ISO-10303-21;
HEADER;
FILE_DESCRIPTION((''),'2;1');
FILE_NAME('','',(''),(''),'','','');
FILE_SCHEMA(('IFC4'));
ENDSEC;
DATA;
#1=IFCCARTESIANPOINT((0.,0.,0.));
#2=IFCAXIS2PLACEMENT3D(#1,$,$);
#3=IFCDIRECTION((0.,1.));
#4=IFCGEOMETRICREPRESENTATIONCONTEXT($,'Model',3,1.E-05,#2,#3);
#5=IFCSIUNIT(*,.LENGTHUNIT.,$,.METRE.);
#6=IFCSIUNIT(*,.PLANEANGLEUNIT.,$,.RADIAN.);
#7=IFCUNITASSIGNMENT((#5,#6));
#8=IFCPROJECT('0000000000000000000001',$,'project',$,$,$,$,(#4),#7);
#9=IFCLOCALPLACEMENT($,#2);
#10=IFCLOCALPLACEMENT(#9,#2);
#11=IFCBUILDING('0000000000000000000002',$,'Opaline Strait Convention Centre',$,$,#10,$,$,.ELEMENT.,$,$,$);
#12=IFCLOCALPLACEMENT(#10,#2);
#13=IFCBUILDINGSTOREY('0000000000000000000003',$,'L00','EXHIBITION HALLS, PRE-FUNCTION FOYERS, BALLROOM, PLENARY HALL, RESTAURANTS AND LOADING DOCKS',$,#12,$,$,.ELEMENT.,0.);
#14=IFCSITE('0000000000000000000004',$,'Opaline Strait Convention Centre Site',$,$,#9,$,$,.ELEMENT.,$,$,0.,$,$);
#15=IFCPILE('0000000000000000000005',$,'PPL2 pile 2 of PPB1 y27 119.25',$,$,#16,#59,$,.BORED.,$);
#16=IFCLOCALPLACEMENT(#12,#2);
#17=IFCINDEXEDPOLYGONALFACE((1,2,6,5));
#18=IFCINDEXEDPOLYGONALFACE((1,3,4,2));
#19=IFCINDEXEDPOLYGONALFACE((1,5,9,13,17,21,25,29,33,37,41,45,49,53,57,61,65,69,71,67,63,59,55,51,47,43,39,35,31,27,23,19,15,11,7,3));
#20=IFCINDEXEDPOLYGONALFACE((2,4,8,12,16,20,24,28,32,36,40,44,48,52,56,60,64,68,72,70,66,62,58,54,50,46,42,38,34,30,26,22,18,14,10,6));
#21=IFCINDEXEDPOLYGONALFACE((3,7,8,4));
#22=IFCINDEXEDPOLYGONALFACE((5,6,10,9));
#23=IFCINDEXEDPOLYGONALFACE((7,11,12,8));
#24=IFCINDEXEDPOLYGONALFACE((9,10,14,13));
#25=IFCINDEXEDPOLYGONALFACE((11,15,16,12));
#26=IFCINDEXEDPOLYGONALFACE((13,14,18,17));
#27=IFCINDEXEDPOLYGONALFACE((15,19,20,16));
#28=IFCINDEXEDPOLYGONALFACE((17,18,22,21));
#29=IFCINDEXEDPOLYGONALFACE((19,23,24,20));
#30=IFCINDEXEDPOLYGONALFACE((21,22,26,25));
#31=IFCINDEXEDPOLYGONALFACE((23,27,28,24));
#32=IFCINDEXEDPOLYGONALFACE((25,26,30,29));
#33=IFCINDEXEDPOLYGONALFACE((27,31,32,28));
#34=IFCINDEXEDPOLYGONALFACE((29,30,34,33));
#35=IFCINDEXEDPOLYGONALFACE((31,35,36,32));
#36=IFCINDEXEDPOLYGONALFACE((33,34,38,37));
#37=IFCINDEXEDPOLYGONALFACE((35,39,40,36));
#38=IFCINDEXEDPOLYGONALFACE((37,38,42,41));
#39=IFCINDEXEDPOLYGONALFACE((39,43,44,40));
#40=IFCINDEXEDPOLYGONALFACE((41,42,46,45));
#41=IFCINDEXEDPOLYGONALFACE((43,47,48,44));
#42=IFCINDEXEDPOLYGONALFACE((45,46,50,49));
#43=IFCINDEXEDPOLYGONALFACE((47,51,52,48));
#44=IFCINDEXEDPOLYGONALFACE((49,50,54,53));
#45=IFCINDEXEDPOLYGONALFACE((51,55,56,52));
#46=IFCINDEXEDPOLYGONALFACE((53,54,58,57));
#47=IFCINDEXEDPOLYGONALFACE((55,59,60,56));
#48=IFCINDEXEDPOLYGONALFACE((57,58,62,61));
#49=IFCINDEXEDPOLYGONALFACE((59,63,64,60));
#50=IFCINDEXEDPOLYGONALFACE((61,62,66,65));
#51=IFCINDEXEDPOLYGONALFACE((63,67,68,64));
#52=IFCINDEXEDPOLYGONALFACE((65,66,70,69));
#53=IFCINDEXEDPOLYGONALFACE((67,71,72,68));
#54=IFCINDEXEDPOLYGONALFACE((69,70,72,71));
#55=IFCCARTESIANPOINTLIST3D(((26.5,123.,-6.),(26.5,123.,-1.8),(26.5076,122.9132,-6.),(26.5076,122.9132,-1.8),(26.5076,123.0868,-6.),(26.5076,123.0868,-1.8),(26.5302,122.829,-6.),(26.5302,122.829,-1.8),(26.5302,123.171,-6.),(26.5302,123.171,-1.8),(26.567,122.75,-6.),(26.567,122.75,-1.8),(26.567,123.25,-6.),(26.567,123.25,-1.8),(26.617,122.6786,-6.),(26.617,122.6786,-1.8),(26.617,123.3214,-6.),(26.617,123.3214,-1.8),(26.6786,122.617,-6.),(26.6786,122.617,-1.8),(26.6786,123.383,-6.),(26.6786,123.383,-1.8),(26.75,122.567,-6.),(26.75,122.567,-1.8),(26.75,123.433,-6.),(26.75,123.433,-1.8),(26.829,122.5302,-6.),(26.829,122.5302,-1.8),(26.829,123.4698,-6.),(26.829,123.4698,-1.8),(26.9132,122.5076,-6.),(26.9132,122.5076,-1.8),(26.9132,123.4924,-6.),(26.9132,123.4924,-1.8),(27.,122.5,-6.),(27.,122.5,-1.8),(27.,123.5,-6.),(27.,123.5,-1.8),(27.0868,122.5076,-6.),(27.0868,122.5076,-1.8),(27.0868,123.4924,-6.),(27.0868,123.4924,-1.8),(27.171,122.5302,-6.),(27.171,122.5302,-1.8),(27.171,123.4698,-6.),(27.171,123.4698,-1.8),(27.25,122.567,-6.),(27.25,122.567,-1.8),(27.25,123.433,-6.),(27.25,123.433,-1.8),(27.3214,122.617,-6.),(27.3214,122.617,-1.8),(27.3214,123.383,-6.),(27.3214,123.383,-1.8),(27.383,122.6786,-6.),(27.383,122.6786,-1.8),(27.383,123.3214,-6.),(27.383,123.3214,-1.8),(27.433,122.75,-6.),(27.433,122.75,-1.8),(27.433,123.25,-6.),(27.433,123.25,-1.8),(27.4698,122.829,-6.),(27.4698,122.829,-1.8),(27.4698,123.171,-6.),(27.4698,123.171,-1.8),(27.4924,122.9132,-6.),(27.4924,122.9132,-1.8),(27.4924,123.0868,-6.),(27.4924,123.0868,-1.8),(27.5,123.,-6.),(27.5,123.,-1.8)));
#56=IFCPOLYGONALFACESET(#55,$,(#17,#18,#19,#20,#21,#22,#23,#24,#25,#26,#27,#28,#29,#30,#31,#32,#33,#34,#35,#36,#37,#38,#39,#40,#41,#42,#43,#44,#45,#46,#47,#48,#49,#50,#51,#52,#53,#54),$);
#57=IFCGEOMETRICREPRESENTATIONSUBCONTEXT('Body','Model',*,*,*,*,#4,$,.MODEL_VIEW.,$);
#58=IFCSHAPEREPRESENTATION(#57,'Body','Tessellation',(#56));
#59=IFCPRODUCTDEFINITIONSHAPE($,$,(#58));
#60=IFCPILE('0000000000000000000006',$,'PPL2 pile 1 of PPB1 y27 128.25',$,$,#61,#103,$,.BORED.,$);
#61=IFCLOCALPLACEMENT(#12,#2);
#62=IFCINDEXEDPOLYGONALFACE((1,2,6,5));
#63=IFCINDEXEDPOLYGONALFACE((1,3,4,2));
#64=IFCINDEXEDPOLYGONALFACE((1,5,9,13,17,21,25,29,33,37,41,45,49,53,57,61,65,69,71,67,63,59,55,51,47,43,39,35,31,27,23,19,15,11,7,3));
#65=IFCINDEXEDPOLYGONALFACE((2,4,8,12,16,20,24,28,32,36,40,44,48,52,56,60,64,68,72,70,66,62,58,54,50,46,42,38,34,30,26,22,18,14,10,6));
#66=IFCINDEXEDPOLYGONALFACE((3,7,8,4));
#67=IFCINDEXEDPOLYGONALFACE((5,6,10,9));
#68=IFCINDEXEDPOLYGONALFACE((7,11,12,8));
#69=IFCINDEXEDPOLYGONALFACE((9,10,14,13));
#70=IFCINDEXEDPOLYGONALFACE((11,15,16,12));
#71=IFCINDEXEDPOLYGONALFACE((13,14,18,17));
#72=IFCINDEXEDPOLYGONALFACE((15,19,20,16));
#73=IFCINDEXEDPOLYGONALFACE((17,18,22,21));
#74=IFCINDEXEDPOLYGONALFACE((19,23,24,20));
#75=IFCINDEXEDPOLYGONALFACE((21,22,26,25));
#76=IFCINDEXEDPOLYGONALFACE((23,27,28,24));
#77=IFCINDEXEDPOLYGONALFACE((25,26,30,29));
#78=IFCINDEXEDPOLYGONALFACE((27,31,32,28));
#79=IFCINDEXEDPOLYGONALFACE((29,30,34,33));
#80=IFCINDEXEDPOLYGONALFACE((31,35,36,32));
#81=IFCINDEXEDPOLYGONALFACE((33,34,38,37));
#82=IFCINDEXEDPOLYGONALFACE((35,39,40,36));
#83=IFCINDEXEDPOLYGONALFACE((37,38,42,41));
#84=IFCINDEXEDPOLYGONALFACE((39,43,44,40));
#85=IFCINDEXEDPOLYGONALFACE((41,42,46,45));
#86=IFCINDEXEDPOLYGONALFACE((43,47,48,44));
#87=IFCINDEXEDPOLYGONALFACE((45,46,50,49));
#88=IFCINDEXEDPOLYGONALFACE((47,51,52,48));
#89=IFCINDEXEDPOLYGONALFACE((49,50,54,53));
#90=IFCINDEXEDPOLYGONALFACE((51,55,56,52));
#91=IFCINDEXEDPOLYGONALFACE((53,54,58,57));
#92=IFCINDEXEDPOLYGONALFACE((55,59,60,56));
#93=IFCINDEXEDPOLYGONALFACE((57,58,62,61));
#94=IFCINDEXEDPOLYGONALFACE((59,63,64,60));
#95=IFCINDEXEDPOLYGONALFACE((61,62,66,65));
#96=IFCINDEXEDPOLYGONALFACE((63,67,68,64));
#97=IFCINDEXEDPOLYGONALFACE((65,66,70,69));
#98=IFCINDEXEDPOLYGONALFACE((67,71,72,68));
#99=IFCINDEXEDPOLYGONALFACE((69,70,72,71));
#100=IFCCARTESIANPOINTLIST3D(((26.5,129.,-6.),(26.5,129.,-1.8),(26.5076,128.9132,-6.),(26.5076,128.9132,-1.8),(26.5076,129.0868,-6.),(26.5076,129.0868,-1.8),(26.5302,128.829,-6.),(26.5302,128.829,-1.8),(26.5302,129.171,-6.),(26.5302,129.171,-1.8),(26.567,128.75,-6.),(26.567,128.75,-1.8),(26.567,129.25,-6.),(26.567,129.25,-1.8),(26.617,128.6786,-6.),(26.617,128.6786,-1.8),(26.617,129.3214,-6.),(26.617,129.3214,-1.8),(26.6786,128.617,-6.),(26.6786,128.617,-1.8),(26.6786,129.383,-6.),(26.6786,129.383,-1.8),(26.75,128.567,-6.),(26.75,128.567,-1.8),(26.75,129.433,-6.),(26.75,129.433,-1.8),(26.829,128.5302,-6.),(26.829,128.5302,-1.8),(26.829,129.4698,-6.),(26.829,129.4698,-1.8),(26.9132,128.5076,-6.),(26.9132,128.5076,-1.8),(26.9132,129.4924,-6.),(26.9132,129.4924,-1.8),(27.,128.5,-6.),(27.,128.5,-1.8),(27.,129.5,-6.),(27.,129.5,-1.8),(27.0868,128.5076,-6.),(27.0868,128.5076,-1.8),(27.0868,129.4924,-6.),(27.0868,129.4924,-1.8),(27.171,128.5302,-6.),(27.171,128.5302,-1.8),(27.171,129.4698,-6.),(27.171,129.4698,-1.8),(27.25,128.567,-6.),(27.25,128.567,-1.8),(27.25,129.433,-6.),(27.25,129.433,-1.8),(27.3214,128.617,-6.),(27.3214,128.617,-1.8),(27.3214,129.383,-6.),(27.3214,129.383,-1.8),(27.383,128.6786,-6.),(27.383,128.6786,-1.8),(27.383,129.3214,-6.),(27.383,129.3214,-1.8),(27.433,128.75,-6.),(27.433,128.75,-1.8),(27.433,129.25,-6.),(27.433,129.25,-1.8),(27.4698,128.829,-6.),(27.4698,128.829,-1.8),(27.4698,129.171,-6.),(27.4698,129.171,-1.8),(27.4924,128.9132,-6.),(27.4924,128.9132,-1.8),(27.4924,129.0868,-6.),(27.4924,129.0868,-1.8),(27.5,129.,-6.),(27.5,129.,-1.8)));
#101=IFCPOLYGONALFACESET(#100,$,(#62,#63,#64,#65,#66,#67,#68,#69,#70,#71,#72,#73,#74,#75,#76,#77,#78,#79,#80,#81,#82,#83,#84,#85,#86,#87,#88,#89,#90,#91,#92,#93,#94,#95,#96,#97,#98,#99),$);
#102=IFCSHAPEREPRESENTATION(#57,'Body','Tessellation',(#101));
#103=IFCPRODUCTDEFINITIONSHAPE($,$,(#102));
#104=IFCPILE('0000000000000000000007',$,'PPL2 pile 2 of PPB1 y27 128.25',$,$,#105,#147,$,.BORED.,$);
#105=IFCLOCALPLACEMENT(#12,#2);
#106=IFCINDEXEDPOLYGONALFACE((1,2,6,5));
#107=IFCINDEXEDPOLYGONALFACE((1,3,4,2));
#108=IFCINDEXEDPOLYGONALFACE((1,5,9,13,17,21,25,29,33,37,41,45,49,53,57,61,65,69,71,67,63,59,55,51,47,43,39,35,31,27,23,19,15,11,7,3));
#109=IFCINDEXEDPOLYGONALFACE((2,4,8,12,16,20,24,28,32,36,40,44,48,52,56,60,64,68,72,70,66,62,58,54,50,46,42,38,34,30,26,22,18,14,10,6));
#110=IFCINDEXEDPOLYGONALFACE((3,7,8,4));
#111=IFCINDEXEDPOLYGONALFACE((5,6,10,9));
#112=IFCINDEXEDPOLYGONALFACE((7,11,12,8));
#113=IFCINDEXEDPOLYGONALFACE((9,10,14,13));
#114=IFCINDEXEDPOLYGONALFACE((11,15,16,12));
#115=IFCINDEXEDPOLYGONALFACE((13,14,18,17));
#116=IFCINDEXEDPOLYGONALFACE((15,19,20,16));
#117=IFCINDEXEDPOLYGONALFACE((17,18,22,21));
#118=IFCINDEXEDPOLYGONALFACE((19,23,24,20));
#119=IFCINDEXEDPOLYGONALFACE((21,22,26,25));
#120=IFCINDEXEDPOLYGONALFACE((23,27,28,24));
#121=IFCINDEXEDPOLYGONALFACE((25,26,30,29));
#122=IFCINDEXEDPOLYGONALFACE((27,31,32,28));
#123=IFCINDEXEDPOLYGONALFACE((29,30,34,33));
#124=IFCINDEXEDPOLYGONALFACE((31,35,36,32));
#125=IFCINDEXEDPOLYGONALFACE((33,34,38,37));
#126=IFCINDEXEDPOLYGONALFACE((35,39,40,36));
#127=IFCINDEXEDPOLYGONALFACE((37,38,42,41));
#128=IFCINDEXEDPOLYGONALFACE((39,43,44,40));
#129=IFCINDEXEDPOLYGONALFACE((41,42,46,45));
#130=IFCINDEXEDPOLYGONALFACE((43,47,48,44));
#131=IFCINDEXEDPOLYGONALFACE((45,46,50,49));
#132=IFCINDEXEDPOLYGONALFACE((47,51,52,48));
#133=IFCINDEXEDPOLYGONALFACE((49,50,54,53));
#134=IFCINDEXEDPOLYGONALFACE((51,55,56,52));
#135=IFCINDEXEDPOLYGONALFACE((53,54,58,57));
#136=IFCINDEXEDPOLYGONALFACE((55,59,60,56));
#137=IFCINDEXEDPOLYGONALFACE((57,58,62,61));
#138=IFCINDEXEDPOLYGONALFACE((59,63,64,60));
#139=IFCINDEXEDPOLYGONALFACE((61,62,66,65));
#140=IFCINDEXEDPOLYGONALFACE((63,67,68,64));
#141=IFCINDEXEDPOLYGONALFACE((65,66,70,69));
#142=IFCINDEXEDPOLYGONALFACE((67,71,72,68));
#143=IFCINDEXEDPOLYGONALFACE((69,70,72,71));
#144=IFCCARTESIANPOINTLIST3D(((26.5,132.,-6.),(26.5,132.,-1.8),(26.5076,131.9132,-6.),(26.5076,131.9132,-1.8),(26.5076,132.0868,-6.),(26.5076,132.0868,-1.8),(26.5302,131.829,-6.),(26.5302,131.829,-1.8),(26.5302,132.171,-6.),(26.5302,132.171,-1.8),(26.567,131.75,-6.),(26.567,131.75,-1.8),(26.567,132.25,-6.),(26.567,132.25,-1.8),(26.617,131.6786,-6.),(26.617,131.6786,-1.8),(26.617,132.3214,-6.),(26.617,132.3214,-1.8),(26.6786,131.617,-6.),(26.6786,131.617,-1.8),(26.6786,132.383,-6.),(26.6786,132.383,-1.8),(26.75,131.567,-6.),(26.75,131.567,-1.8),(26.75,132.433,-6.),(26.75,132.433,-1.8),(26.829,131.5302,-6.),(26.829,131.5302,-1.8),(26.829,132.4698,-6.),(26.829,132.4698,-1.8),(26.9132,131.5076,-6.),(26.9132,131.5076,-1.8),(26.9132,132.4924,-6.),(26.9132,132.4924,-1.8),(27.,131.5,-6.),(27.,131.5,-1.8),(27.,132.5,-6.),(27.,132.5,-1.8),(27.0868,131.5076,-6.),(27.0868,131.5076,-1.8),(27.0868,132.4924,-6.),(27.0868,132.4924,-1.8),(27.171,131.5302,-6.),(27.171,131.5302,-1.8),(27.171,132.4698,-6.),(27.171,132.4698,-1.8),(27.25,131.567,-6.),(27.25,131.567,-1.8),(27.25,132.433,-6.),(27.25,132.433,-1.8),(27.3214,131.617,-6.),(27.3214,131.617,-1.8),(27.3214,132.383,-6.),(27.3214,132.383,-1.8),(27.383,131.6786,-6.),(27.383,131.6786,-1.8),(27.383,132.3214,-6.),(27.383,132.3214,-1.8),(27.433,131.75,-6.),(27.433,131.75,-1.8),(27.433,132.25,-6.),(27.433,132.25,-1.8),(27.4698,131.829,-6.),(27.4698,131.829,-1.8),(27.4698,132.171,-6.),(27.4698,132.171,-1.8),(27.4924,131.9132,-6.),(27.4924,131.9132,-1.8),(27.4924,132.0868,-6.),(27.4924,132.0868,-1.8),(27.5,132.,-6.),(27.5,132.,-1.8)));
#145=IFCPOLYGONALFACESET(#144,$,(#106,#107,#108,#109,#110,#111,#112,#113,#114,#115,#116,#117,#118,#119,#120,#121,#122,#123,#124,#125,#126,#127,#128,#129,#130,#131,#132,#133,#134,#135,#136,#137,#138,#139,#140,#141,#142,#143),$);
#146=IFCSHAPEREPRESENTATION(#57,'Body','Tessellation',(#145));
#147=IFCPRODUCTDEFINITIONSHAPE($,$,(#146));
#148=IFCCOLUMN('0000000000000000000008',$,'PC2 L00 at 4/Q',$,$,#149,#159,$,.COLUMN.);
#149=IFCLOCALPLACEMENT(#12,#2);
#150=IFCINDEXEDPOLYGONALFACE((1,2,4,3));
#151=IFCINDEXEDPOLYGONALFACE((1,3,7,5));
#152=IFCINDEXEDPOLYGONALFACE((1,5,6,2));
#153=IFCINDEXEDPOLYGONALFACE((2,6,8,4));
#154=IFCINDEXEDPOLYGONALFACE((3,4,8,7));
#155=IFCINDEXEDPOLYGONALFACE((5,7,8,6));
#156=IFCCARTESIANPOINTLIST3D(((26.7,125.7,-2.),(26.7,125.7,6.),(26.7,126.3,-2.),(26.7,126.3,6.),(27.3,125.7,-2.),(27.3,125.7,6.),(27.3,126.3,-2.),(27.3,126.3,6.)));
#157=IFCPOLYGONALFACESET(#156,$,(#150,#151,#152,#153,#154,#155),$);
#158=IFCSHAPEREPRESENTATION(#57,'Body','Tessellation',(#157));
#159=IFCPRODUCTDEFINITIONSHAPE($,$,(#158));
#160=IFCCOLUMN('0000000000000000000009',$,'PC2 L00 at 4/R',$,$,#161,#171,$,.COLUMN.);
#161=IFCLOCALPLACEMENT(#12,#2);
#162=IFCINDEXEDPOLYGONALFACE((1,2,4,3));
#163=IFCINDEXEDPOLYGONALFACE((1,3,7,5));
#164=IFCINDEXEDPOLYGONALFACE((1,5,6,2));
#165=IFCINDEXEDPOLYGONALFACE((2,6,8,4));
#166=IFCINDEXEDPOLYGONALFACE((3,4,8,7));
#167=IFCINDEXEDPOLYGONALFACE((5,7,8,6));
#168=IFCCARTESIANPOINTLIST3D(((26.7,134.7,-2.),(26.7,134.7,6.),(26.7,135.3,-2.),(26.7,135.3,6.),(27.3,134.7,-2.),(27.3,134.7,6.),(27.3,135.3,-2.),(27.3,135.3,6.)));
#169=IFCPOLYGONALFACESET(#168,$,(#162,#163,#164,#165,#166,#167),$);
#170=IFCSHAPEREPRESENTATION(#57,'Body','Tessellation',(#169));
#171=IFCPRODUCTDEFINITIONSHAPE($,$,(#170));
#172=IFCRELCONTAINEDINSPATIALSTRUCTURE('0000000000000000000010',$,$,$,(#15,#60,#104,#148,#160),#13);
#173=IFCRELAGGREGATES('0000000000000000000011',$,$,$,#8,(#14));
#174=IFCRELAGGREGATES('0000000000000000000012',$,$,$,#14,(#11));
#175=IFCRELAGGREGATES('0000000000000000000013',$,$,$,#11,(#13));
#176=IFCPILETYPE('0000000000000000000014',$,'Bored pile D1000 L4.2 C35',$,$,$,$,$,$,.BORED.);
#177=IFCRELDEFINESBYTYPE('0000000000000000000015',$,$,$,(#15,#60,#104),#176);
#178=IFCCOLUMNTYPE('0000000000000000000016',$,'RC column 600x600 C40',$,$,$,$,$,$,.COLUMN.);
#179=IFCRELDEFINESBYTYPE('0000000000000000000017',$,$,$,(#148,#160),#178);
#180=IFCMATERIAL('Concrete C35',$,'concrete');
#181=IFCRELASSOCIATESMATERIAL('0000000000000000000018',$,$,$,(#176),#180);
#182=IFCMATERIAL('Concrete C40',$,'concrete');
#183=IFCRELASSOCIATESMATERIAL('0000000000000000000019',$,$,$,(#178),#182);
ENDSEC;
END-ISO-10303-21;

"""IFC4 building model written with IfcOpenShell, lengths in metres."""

from ifc_helpers import new_model, si_unit, direction, frame, origin, origin_2d, place, context, subcontext, project, spatial, rectangle, circle, extrude, material, material_profile, profile_set, type_object, element, save


model = new_model("IFC4")

# Units and contexts
model_context = context("Model", 3, precision=1e-05, world=origin(), true_north=direction((0.0, 1.0)))
body_context = subcontext(model_context, "Body", "Model", "MODEL_VIEW")
ifc_project = project(units=[si_unit("LENGTHUNIT", "METRE"), si_unit("PLANEANGLEUNIT", "RADIAN")], contexts=[model_context])

# Site, building, storey
site_placement = place(None, origin())
site = spatial("IfcSite", under=ifc_project, at=site_placement, Name="Opaline Strait Convention Centre Site", CompositionType="ELEMENT", RefElevation=0.0)
building_placement = place(site_placement, origin())
building = spatial("IfcBuilding", under=site, at=building_placement, Name="Opaline Strait Convention Centre", CompositionType="ELEMENT")
storey_placement = place(building_placement, origin())
storey = spatial("IfcBuildingStorey", under=building, at=storey_placement, Name="L00", Description="EXHIBITION HALLS, PRE-FUNCTION FOYERS, BALLROOM, PLENARY HALL, RESTAURANTS AND LOADING DOCKS", CompositionType="ELEMENT", Elevation=0.0)

# Piles
ifc_material_1 = material(Name="Concrete C35", Category="concrete")
ifc_material_profile_1 = material_profile(ifc_material_1, circle(Radius=0.5, at=origin_2d()), Name="D1000")
ifc_profile_set_1 = profile_set([ifc_material_profile_1], Name="Concrete C35")
pile_type_1 = type_object("IfcPileType", Name="Bored pile D1000 L4.2 C35", PredefinedType="BORED", material=ifc_profile_set_1)
for number, where, z_axis, x_axis, name in (
    (1, (27.0, 123.0, -1.8), (0.0, 0.0, -1.0), (1.0, 0.0, 0.0), "PPL2 pile 2 of PPB1 y27 119.25"),
    (2, (27.0, 129.0, -1.8), (0.0, 0.0, -1.0), (1.0, 0.0, 0.0), "PPL2 pile 1 of PPB1 y27 128.25"),
    (3, (27.0, 132.0, -1.8), (0.0, 0.0, -1.0), (1.0, 0.0, 0.0), "PPL2 pile 2 of PPB1 y27 128.25"),
):
    element("IfcPile", number, at=place(storey_placement, frame(where, z_axis=z_axis, x_axis=x_axis)), inside=storey, type_object=pile_type_1, Name=name, PredefinedType="BORED", context=body_context, shape_type="SweptSolid", body=[
        extrude(circle(Radius=0.5, at=origin_2d()), origin(), (0.0, 0.0, 1.0), 4.2),
    ])

# Columns
ifc_material_2 = material(Name="Concrete C40", Category="concrete")
ifc_material_profile_2 = material_profile(ifc_material_2, rectangle(XDim=0.6001, YDim=0.6001, at=origin_2d()), Name="RC 600x600")
ifc_profile_set_2 = profile_set([ifc_material_profile_2], Name="Concrete C40")
column_type = type_object("IfcColumnType", Name="RC column 600x600 C40", PredefinedType="COLUMN", material=ifc_profile_set_2)
for number, where, z_axis, x_axis, name in (
    (4, (27.0, 126.0, -2.0), (0.0, 0.0, 1.0), (1.0, 0.0, 0.0), "PC2 L00 at 4/Q"),
    (5, (27.0, 135.0, -2.0), (0.0, 0.0, 1.0), (1.0, 0.0, 0.0), "PC2 L00 at 4/R"),
):
    element("IfcColumn", number, at=place(storey_placement, frame(where, z_axis=z_axis, x_axis=x_axis)), inside=storey, type_object=column_type, Name=name, PredefinedType="COLUMN", context=body_context, shape_type="SweptSolid", body=[
        extrude(rectangle(XDim=0.6001, YDim=0.6001, at=origin_2d()), origin(), (0.0, 0.0, 1.0), 8.0),
    ])

save(model, "model.ifc")
